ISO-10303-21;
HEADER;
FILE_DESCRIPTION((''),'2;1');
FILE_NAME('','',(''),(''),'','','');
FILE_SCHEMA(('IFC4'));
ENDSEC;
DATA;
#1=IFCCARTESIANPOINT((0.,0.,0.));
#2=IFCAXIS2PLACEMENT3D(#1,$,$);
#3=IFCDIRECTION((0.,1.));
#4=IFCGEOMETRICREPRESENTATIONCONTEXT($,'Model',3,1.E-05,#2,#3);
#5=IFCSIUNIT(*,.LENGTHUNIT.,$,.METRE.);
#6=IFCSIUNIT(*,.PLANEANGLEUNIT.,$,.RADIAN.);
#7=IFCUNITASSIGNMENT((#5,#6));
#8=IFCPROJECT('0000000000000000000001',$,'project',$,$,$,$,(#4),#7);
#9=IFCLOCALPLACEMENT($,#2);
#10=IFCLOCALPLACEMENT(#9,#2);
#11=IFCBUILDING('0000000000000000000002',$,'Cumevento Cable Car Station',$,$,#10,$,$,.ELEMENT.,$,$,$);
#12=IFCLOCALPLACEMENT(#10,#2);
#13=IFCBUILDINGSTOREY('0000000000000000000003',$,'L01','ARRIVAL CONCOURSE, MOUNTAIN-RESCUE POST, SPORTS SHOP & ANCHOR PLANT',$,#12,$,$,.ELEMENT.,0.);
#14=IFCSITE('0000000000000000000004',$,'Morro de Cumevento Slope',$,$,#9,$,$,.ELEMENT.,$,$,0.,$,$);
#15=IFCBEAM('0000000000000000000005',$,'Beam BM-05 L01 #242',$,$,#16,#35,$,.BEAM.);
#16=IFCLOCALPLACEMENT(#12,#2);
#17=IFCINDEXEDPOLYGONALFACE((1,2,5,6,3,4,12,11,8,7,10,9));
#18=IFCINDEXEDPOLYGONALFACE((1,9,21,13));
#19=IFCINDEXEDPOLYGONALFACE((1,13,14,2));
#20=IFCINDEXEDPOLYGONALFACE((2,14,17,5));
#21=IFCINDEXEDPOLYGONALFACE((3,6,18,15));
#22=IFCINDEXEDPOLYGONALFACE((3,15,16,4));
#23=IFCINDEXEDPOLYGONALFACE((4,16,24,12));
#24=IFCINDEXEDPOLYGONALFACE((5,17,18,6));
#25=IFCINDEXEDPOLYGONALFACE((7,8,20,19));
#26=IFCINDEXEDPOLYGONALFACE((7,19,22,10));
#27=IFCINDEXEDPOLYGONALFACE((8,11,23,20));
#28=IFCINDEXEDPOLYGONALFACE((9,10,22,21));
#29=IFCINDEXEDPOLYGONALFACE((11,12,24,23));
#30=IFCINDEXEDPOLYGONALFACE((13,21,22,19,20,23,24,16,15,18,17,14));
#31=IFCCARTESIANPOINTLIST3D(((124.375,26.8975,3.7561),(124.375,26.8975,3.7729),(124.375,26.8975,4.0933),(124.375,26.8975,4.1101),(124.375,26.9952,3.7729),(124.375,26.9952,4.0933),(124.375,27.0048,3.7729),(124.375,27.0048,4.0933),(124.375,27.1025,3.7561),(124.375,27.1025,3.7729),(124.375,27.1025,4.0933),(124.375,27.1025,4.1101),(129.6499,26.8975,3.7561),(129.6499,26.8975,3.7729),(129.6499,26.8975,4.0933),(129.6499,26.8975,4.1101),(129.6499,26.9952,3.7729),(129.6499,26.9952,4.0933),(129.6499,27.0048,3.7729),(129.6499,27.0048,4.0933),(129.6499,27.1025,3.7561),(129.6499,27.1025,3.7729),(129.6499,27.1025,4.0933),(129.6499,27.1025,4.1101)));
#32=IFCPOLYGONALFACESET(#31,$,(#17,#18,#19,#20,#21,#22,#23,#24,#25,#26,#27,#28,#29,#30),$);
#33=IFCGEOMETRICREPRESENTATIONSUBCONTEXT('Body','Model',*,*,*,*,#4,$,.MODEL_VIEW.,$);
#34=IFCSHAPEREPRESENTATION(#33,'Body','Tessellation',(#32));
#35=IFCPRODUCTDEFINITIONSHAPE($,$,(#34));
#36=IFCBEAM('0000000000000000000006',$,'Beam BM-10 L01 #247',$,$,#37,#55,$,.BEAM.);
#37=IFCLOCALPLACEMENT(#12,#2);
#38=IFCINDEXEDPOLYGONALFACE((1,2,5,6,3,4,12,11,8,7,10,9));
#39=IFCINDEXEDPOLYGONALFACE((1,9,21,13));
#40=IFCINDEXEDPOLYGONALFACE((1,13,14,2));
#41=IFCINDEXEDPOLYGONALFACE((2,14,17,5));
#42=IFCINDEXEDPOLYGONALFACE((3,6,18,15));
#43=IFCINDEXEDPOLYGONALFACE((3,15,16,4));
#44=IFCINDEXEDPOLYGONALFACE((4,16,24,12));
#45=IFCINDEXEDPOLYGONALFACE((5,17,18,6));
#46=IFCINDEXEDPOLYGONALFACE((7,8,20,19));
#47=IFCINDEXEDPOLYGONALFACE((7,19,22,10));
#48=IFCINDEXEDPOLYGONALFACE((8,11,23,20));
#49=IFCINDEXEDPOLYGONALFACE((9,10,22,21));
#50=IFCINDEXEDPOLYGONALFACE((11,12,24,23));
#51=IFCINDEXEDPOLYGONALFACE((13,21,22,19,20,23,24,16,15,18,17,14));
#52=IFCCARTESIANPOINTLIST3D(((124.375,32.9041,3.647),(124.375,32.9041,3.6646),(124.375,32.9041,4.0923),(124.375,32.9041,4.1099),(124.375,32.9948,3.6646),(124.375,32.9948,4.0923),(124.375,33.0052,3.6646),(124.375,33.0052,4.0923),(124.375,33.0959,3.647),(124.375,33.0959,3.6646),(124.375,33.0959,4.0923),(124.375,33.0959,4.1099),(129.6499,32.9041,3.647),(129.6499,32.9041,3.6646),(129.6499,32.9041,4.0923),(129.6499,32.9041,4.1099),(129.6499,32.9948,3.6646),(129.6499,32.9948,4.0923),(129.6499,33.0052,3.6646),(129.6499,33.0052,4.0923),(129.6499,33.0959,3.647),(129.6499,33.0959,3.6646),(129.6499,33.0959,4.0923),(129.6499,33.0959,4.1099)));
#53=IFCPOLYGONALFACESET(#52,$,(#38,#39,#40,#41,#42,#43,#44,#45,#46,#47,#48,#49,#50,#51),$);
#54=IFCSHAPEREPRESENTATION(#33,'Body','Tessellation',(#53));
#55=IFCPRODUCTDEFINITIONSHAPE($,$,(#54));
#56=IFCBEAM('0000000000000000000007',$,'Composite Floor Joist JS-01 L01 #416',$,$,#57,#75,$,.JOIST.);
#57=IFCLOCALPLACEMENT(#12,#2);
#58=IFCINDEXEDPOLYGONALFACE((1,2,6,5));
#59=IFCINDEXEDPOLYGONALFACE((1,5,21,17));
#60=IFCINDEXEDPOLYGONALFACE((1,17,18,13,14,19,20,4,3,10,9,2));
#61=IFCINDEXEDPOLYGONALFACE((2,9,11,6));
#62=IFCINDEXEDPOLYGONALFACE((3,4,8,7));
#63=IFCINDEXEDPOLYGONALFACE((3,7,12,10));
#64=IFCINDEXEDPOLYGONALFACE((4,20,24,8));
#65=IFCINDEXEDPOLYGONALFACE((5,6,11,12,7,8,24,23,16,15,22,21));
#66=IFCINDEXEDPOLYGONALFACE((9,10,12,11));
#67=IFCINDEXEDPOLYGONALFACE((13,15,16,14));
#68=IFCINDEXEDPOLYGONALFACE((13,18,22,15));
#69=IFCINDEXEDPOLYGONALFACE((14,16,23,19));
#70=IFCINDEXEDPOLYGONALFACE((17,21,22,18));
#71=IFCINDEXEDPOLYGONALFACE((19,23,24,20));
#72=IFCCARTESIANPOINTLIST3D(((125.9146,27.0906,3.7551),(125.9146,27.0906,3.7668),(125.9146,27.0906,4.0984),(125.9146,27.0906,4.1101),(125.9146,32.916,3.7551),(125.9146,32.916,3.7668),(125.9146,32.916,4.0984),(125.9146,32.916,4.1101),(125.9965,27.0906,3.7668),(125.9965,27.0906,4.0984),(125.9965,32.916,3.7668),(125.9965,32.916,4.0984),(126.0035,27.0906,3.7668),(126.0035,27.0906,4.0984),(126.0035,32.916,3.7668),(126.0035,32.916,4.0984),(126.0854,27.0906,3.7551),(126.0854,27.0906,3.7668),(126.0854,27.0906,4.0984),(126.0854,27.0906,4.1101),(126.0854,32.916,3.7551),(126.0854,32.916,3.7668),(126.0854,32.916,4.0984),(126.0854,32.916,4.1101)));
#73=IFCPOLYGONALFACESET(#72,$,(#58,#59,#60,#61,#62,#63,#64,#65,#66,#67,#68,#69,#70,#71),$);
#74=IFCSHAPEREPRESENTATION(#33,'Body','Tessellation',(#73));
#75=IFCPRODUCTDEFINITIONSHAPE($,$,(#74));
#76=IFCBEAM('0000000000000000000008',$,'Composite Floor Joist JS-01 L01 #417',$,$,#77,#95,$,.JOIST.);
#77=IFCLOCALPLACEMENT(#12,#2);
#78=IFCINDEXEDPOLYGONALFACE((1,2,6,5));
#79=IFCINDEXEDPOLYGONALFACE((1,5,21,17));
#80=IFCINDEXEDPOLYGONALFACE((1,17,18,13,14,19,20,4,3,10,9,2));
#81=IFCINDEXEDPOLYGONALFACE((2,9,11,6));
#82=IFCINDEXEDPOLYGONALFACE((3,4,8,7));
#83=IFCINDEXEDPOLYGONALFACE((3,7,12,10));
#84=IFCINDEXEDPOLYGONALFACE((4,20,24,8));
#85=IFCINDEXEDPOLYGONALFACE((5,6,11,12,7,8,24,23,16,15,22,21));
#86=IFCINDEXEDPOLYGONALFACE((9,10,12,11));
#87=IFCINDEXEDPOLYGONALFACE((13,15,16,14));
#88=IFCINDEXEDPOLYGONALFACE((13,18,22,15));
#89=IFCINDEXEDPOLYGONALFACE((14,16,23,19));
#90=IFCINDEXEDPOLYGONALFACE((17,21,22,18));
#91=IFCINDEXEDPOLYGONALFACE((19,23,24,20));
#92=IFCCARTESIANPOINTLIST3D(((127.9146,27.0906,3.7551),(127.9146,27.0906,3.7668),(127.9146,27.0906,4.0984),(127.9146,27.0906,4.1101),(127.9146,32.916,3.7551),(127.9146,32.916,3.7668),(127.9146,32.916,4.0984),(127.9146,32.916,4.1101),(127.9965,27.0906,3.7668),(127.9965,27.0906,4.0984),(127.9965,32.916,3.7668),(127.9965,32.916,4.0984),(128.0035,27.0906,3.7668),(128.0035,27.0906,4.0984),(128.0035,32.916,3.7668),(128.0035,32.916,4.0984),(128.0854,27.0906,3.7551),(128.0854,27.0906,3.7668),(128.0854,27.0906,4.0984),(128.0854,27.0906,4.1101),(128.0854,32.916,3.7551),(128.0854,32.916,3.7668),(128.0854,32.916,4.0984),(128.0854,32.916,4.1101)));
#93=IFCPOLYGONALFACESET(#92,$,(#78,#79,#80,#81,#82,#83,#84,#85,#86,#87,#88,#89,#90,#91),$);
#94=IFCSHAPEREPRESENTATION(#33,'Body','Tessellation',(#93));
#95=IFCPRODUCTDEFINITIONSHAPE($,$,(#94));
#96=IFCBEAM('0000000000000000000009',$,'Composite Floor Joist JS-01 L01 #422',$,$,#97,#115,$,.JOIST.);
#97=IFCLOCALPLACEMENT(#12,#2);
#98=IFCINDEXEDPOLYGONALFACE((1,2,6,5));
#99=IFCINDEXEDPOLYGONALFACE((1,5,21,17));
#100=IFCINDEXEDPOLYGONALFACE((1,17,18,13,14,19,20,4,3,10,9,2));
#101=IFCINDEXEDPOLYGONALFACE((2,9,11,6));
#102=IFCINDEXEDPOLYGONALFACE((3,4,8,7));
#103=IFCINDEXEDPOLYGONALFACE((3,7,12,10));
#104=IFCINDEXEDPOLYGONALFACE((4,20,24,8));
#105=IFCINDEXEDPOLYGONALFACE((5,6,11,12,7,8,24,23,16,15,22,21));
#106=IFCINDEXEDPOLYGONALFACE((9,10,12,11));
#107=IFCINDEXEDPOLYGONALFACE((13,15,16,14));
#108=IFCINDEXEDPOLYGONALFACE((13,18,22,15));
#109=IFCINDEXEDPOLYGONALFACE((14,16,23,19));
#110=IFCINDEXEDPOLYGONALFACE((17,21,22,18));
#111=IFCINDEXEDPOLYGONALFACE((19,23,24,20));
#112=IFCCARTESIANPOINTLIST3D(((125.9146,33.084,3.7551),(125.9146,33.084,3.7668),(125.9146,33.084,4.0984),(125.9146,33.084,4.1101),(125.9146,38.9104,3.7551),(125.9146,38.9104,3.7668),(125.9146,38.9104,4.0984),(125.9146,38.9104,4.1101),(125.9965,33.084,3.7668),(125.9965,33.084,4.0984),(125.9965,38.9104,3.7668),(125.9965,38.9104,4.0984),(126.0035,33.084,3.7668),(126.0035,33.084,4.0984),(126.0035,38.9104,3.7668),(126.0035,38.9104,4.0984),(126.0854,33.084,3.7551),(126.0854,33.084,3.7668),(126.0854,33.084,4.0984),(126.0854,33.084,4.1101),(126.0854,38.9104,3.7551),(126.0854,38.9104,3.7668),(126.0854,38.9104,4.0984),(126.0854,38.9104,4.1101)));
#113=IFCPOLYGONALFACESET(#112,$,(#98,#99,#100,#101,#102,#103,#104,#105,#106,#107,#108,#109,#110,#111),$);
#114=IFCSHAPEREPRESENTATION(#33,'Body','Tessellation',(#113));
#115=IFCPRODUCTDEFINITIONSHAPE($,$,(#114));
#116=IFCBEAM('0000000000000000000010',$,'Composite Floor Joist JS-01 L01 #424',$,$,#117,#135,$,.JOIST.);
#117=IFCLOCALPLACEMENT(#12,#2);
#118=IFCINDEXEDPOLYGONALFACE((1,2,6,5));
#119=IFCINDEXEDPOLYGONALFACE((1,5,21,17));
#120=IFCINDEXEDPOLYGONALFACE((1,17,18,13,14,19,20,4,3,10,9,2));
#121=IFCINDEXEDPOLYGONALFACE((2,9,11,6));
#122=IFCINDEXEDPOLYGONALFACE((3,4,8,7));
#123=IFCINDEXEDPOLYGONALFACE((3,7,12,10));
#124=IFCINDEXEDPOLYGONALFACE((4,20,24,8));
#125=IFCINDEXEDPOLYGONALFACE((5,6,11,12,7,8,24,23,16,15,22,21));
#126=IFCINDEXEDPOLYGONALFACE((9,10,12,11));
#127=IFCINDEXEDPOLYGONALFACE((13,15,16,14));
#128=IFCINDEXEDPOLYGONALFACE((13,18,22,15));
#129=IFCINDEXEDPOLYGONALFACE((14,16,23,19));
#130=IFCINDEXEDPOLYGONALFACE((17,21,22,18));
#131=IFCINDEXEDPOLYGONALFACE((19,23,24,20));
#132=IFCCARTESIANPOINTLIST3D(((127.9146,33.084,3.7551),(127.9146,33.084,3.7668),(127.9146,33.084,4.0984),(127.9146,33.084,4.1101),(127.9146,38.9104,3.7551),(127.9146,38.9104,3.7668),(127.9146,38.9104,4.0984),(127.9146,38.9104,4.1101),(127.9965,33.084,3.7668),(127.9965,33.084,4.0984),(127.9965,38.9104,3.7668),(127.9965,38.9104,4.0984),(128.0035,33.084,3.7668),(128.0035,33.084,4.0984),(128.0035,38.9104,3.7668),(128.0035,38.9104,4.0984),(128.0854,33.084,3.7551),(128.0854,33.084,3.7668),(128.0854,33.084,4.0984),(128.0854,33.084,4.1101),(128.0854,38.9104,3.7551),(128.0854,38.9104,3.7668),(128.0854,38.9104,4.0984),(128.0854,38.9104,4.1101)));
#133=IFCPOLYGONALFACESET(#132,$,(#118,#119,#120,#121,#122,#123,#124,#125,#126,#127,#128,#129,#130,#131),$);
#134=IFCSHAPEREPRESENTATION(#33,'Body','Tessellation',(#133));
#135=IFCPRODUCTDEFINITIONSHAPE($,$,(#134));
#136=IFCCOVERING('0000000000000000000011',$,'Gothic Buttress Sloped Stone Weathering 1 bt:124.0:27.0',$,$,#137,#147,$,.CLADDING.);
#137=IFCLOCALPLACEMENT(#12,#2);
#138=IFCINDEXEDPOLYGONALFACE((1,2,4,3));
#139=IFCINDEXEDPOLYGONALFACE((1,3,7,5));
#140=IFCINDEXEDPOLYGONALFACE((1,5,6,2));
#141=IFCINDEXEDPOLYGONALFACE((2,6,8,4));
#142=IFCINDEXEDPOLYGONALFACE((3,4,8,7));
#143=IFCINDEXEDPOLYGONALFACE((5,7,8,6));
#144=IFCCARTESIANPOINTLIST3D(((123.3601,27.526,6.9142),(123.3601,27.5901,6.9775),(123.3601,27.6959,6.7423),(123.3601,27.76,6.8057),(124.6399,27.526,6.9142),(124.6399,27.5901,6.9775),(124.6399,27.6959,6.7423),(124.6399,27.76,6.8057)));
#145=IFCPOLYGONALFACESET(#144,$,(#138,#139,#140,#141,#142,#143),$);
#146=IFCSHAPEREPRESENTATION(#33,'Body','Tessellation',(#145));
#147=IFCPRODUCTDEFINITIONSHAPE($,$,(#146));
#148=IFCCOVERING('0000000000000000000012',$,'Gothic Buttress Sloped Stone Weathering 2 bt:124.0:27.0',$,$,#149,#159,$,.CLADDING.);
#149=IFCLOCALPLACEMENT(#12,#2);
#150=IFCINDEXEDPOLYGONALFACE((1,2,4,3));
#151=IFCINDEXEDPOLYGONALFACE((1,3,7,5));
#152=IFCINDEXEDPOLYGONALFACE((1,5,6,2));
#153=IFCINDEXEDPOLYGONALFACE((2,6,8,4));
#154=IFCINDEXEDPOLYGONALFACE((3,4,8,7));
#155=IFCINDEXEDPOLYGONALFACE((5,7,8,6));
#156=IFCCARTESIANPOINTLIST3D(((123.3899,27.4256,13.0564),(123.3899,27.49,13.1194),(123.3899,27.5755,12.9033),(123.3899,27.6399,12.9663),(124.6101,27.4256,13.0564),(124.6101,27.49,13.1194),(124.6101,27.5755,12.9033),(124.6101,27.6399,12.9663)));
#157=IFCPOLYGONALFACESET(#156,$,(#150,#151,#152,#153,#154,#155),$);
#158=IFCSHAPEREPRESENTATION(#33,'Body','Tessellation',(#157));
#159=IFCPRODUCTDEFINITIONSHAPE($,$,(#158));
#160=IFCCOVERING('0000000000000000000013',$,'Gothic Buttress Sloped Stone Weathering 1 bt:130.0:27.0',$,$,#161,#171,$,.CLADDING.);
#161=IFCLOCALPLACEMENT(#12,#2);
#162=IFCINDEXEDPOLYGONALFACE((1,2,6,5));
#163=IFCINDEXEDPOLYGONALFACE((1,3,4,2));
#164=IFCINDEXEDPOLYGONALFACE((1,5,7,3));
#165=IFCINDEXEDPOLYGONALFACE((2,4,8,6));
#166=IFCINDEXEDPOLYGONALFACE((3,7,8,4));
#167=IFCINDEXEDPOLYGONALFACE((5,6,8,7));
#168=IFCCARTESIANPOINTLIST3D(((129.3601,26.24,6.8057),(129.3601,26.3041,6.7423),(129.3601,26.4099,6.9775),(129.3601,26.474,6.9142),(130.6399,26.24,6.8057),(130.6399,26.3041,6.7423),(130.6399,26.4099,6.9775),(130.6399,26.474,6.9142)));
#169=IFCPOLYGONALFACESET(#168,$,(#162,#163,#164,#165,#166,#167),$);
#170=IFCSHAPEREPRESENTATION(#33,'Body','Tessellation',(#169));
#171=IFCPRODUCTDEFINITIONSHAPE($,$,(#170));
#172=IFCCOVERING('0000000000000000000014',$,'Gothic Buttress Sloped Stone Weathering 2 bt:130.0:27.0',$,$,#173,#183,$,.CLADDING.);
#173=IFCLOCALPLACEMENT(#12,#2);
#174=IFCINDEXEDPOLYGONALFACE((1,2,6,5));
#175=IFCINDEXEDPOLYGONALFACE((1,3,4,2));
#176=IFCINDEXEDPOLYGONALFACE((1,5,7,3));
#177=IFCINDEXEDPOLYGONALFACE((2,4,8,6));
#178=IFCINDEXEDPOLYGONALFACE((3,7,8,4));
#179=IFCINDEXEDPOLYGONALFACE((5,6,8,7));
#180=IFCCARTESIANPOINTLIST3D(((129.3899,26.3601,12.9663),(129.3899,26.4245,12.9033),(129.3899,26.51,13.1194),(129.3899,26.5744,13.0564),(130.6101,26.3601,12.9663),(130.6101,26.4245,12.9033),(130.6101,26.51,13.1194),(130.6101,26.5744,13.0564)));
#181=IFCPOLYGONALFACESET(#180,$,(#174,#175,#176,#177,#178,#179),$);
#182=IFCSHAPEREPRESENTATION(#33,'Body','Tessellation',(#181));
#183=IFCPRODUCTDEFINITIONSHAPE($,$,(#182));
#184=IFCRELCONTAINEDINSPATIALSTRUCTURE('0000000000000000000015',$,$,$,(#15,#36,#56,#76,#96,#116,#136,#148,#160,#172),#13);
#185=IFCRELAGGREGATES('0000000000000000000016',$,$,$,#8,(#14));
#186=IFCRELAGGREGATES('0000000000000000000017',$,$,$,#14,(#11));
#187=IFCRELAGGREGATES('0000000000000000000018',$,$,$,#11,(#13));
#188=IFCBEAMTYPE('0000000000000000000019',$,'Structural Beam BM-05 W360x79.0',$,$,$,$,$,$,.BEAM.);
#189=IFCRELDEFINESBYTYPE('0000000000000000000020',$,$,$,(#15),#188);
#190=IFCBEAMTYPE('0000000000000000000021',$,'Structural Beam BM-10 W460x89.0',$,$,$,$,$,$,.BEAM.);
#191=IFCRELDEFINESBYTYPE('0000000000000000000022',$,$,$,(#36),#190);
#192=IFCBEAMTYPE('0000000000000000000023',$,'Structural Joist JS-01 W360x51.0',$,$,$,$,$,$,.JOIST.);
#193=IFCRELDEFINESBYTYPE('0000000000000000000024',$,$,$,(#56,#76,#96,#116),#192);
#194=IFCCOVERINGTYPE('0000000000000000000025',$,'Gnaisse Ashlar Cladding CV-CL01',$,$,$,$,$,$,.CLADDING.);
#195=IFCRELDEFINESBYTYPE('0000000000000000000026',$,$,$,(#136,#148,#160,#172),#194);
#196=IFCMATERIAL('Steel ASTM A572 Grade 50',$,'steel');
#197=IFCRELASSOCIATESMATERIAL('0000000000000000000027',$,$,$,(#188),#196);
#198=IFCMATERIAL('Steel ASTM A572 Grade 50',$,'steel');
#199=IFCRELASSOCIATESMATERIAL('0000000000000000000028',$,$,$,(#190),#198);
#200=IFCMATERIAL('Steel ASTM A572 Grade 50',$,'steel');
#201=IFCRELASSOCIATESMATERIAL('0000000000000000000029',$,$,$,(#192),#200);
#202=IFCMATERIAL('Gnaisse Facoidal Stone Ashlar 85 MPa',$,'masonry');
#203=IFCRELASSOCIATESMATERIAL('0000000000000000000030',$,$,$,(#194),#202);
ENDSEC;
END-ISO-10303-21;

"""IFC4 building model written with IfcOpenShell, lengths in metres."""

from ifc_helpers import new_model, si_unit, direction, frame, origin, origin_2d, place, context, subcontext, project, spatial, polyline, i_section, outline, extrude, material, material_profile, profile_set, type_object, element, save


model = new_model("IFC4")

# Units and contexts
model_context = context("Model", 3, precision=1e-05, world=origin(), true_north=direction((0.0, 1.0)))
body_context = subcontext(model_context, "Body", "Model", "MODEL_VIEW")
ifc_project = project(units=[si_unit("LENGTHUNIT", "METRE"), si_unit("PLANEANGLEUNIT", "RADIAN")], contexts=[model_context])

# Site, building, storey
site_placement = place(None, origin())
site = spatial("IfcSite", under=ifc_project, at=site_placement, Name="Morro de Cumevento Slope", CompositionType="ELEMENT", RefElevation=0.0)
building_placement = place(site_placement, origin())
building = spatial("IfcBuilding", under=site, at=building_placement, Name="Cumevento Cable Car Station", CompositionType="ELEMENT")
storey_placement = place(building_placement, origin())
storey = spatial("IfcBuildingStorey", under=building, at=storey_placement, Name="L01", Description="ARRIVAL CONCOURSE, MOUNTAIN-RESCUE POST, SPORTS SHOP & ANCHOR PLANT", CompositionType="ELEMENT", Elevation=0.0)

# Beams
ifc_material_1 = material(Name="Steel ASTM A572 Grade 50", Category="steel")
ifc_material_profile_1 = material_profile(ifc_material_1, i_section(OverallWidth=0.2051, OverallDepth=0.354, WebThickness=0.0095, FlangeThickness=0.0168, at=origin_2d()), Name="W360x79.0")
ifc_profile_set_1 = profile_set([ifc_material_profile_1], Name="Steel ASTM A572 Grade 50")
beam_type_1 = type_object("IfcBeamType", Name="Structural Beam BM-05 W360x79.0", PredefinedType="BEAM", material=ifc_profile_set_1)
beam_1_placement = place(storey_placement, frame((124.375, 27.0, 3.9331), z_axis=(1.0, 0.0, 0.0), x_axis=(0.0, 1.0, 0.0)))
element("IfcBeam", 1, at=beam_1_placement, inside=storey, type_object=beam_type_1, Name="Beam BM-05 L01 #242", PredefinedType="BEAM", context=body_context, shape_type="SweptSolid", body=[
    extrude(i_section(OverallWidth=0.2051, OverallDepth=0.354, WebThickness=0.0095, FlangeThickness=0.0168, at=origin_2d()), origin(), (0.0, 0.0, 1.0), 5.2749),
])
ifc_material_2 = material(Name="Steel ASTM A572 Grade 50", Category="steel")
ifc_material_profile_2 = material_profile(ifc_material_2, i_section(OverallWidth=0.1919, OverallDepth=0.4629, WebThickness=0.0105, FlangeThickness=0.0176, at=origin_2d()), Name="W460x89.0")
ifc_profile_set_2 = profile_set([ifc_material_profile_2], Name="Steel ASTM A572 Grade 50")
beam_type_2 = type_object("IfcBeamType", Name="Structural Beam BM-10 W460x89.0", PredefinedType="BEAM", material=ifc_profile_set_2)
beam_2_placement = place(storey_placement, frame((124.375, 33.0, 3.8784), z_axis=(1.0, 0.0, 0.0), x_axis=(0.0, 1.0, 0.0)))
element("IfcBeam", 2, at=beam_2_placement, inside=storey, type_object=beam_type_2, Name="Beam BM-10 L01 #247", PredefinedType="BEAM", context=body_context, shape_type="SweptSolid", body=[
    extrude(i_section(OverallWidth=0.1919, OverallDepth=0.4629, WebThickness=0.0105, FlangeThickness=0.0176, at=origin_2d()), origin(), (0.0, 0.0, 1.0), 5.2749),
])
ifc_material_3 = material(Name="Steel ASTM A572 Grade 50", Category="steel")
ifc_material_profile_3 = material_profile(ifc_material_3, i_section(OverallWidth=0.1709, OverallDepth=0.355, WebThickness=0.0071, FlangeThickness=0.0117, at=origin_2d()), Name="W360x51.0")
ifc_profile_set_3 = profile_set([ifc_material_profile_3], Name="Steel ASTM A572 Grade 50")
beam_type_3 = type_object("IfcBeamType", Name="Structural Joist JS-01 W360x51.0", PredefinedType="JOIST", material=ifc_profile_set_3)
for number, where, z_axis, x_axis, name in (
    (3, (126.0, 27.0906, 3.9326), (0.0, 1.0, 0.0), (-1.0, 0.0, 0.0), "Composite Floor Joist JS-01 L01 #416"),
    (4, (128.0, 27.0906, 3.9326), (0.0, 1.0, 0.0), (-1.0, 0.0, 0.0), "Composite Floor Joist JS-01 L01 #417"),
):
    element("IfcBeam", number, at=place(storey_placement, frame(where, z_axis=z_axis, x_axis=x_axis)), inside=storey, type_object=beam_type_3, Name=name, PredefinedType="JOIST", context=body_context, shape_type="SweptSolid", body=[
        extrude(i_section(OverallWidth=0.1709, OverallDepth=0.355, WebThickness=0.0071, FlangeThickness=0.0117, at=origin_2d()), origin(), (0.0, 0.0, 1.0), 5.8254),
    ])
for number, where, z_axis, x_axis, name in (
    (5, (126.0, 33.084, 3.9326), (0.0, 1.0, 0.0), (-1.0, 0.0, 0.0), "Composite Floor Joist JS-01 L01 #422"),
    (6, (128.0, 33.084, 3.9326), (0.0, 1.0, 0.0), (-1.0, 0.0, 0.0), "Composite Floor Joist JS-01 L01 #424"),
):
    element("IfcBeam", number, at=place(storey_placement, frame(where, z_axis=z_axis, x_axis=x_axis)), inside=storey, type_object=beam_type_3, Name=name, PredefinedType="JOIST", context=body_context, shape_type="SweptSolid", body=[
        extrude(i_section(OverallWidth=0.1709, OverallDepth=0.355, WebThickness=0.0071, FlangeThickness=0.0117, at=origin_2d()), origin(), (0.0, 0.0, 1.0), 5.8264),
    ])

# Coverings
ifc_material_4 = material(Name="Gnaisse Facoidal Stone Ashlar 85 MPa", Category="masonry")
covering_type = type_object("IfcCoveringType", Name="Gnaisse Ashlar Cladding CV-CL01", PredefinedType="CLADDING", material=ifc_material_4)
covering_1_placement = place(storey_placement, frame((124.6399, 27.76, 6.8057), z_axis=(0.0, 0.711136, 0.703055), x_axis=(-1.0, 0.0, 0.0)))
element("IfcCovering", 7, at=covering_1_placement, inside=storey, type_object=covering_type, Name="Gothic Buttress Sloped Stone Weathering 1 bt:124.0:27.0", PredefinedType="CLADDING", context=body_context, shape_type="SweptSolid", body=[
    extrude(outline(polyline([(0.0, 0.0), (1.2798, 0.0), (1.2798, 0.2417), (0.0, 0.2417), (0.0, 0.0)])), origin(), (0.0, 0.0, -1.0), 0.0901),
])
covering_2_placement = place(storey_placement, frame((124.6101, 27.6399, 12.9663), z_axis=(0.0, 0.714475, 0.699661), x_axis=(-1.0, 0.0, 0.0)))
element("IfcCovering", 8, at=covering_2_placement, inside=storey, type_object=covering_type, Name="Gothic Buttress Sloped Stone Weathering 2 bt:124.0:27.0", PredefinedType="CLADDING", context=body_context, shape_type="SweptSolid", body=[
    extrude(outline(polyline([(0.0, 0.0), (1.2202, 0.0), (1.2202, 0.2142), (0.0, 0.2142), (0.0, 0.0)])), origin(), (0.0, 0.0, -1.0), 0.0901),
])
covering_3_placement = place(storey_placement, frame((129.3601, 26.24, 6.8057), z_axis=(0.0, -0.711136, 0.703055), x_axis=(1.0, 0.0, 0.0)))
element("IfcCovering", 9, at=covering_3_placement, inside=storey, type_object=covering_type, Name="Gothic Buttress Sloped Stone Weathering 1 bt:130.0:27.0", PredefinedType="CLADDING", context=body_context, shape_type="SweptSolid", body=[
    extrude(outline(polyline([(0.0, 0.0), (1.2798, 0.0), (1.2798, 0.2417), (0.0, 0.2417), (0.0, 0.0)])), origin(), (0.0, 0.0, -1.0), 0.0901),
])
covering_4_placement = place(storey_placement, frame((129.3899, 26.3601, 12.9663), z_axis=(0.0, -0.714475, 0.699661), x_axis=(1.0, 0.0, 0.0)))
element("IfcCovering", 10, at=covering_4_placement, inside=storey, type_object=covering_type, Name="Gothic Buttress Sloped Stone Weathering 2 bt:130.0:27.0", PredefinedType="CLADDING", context=body_context, shape_type="SweptSolid", body=[
    extrude(outline(polyline([(0.0, 0.0), (1.2202, 0.0), (1.2202, 0.2142), (0.0, 0.2142), (0.0, 0.0)])), origin(), (0.0, 0.0, -1.0), 0.0901),
])

save(model, "model.ifc")
